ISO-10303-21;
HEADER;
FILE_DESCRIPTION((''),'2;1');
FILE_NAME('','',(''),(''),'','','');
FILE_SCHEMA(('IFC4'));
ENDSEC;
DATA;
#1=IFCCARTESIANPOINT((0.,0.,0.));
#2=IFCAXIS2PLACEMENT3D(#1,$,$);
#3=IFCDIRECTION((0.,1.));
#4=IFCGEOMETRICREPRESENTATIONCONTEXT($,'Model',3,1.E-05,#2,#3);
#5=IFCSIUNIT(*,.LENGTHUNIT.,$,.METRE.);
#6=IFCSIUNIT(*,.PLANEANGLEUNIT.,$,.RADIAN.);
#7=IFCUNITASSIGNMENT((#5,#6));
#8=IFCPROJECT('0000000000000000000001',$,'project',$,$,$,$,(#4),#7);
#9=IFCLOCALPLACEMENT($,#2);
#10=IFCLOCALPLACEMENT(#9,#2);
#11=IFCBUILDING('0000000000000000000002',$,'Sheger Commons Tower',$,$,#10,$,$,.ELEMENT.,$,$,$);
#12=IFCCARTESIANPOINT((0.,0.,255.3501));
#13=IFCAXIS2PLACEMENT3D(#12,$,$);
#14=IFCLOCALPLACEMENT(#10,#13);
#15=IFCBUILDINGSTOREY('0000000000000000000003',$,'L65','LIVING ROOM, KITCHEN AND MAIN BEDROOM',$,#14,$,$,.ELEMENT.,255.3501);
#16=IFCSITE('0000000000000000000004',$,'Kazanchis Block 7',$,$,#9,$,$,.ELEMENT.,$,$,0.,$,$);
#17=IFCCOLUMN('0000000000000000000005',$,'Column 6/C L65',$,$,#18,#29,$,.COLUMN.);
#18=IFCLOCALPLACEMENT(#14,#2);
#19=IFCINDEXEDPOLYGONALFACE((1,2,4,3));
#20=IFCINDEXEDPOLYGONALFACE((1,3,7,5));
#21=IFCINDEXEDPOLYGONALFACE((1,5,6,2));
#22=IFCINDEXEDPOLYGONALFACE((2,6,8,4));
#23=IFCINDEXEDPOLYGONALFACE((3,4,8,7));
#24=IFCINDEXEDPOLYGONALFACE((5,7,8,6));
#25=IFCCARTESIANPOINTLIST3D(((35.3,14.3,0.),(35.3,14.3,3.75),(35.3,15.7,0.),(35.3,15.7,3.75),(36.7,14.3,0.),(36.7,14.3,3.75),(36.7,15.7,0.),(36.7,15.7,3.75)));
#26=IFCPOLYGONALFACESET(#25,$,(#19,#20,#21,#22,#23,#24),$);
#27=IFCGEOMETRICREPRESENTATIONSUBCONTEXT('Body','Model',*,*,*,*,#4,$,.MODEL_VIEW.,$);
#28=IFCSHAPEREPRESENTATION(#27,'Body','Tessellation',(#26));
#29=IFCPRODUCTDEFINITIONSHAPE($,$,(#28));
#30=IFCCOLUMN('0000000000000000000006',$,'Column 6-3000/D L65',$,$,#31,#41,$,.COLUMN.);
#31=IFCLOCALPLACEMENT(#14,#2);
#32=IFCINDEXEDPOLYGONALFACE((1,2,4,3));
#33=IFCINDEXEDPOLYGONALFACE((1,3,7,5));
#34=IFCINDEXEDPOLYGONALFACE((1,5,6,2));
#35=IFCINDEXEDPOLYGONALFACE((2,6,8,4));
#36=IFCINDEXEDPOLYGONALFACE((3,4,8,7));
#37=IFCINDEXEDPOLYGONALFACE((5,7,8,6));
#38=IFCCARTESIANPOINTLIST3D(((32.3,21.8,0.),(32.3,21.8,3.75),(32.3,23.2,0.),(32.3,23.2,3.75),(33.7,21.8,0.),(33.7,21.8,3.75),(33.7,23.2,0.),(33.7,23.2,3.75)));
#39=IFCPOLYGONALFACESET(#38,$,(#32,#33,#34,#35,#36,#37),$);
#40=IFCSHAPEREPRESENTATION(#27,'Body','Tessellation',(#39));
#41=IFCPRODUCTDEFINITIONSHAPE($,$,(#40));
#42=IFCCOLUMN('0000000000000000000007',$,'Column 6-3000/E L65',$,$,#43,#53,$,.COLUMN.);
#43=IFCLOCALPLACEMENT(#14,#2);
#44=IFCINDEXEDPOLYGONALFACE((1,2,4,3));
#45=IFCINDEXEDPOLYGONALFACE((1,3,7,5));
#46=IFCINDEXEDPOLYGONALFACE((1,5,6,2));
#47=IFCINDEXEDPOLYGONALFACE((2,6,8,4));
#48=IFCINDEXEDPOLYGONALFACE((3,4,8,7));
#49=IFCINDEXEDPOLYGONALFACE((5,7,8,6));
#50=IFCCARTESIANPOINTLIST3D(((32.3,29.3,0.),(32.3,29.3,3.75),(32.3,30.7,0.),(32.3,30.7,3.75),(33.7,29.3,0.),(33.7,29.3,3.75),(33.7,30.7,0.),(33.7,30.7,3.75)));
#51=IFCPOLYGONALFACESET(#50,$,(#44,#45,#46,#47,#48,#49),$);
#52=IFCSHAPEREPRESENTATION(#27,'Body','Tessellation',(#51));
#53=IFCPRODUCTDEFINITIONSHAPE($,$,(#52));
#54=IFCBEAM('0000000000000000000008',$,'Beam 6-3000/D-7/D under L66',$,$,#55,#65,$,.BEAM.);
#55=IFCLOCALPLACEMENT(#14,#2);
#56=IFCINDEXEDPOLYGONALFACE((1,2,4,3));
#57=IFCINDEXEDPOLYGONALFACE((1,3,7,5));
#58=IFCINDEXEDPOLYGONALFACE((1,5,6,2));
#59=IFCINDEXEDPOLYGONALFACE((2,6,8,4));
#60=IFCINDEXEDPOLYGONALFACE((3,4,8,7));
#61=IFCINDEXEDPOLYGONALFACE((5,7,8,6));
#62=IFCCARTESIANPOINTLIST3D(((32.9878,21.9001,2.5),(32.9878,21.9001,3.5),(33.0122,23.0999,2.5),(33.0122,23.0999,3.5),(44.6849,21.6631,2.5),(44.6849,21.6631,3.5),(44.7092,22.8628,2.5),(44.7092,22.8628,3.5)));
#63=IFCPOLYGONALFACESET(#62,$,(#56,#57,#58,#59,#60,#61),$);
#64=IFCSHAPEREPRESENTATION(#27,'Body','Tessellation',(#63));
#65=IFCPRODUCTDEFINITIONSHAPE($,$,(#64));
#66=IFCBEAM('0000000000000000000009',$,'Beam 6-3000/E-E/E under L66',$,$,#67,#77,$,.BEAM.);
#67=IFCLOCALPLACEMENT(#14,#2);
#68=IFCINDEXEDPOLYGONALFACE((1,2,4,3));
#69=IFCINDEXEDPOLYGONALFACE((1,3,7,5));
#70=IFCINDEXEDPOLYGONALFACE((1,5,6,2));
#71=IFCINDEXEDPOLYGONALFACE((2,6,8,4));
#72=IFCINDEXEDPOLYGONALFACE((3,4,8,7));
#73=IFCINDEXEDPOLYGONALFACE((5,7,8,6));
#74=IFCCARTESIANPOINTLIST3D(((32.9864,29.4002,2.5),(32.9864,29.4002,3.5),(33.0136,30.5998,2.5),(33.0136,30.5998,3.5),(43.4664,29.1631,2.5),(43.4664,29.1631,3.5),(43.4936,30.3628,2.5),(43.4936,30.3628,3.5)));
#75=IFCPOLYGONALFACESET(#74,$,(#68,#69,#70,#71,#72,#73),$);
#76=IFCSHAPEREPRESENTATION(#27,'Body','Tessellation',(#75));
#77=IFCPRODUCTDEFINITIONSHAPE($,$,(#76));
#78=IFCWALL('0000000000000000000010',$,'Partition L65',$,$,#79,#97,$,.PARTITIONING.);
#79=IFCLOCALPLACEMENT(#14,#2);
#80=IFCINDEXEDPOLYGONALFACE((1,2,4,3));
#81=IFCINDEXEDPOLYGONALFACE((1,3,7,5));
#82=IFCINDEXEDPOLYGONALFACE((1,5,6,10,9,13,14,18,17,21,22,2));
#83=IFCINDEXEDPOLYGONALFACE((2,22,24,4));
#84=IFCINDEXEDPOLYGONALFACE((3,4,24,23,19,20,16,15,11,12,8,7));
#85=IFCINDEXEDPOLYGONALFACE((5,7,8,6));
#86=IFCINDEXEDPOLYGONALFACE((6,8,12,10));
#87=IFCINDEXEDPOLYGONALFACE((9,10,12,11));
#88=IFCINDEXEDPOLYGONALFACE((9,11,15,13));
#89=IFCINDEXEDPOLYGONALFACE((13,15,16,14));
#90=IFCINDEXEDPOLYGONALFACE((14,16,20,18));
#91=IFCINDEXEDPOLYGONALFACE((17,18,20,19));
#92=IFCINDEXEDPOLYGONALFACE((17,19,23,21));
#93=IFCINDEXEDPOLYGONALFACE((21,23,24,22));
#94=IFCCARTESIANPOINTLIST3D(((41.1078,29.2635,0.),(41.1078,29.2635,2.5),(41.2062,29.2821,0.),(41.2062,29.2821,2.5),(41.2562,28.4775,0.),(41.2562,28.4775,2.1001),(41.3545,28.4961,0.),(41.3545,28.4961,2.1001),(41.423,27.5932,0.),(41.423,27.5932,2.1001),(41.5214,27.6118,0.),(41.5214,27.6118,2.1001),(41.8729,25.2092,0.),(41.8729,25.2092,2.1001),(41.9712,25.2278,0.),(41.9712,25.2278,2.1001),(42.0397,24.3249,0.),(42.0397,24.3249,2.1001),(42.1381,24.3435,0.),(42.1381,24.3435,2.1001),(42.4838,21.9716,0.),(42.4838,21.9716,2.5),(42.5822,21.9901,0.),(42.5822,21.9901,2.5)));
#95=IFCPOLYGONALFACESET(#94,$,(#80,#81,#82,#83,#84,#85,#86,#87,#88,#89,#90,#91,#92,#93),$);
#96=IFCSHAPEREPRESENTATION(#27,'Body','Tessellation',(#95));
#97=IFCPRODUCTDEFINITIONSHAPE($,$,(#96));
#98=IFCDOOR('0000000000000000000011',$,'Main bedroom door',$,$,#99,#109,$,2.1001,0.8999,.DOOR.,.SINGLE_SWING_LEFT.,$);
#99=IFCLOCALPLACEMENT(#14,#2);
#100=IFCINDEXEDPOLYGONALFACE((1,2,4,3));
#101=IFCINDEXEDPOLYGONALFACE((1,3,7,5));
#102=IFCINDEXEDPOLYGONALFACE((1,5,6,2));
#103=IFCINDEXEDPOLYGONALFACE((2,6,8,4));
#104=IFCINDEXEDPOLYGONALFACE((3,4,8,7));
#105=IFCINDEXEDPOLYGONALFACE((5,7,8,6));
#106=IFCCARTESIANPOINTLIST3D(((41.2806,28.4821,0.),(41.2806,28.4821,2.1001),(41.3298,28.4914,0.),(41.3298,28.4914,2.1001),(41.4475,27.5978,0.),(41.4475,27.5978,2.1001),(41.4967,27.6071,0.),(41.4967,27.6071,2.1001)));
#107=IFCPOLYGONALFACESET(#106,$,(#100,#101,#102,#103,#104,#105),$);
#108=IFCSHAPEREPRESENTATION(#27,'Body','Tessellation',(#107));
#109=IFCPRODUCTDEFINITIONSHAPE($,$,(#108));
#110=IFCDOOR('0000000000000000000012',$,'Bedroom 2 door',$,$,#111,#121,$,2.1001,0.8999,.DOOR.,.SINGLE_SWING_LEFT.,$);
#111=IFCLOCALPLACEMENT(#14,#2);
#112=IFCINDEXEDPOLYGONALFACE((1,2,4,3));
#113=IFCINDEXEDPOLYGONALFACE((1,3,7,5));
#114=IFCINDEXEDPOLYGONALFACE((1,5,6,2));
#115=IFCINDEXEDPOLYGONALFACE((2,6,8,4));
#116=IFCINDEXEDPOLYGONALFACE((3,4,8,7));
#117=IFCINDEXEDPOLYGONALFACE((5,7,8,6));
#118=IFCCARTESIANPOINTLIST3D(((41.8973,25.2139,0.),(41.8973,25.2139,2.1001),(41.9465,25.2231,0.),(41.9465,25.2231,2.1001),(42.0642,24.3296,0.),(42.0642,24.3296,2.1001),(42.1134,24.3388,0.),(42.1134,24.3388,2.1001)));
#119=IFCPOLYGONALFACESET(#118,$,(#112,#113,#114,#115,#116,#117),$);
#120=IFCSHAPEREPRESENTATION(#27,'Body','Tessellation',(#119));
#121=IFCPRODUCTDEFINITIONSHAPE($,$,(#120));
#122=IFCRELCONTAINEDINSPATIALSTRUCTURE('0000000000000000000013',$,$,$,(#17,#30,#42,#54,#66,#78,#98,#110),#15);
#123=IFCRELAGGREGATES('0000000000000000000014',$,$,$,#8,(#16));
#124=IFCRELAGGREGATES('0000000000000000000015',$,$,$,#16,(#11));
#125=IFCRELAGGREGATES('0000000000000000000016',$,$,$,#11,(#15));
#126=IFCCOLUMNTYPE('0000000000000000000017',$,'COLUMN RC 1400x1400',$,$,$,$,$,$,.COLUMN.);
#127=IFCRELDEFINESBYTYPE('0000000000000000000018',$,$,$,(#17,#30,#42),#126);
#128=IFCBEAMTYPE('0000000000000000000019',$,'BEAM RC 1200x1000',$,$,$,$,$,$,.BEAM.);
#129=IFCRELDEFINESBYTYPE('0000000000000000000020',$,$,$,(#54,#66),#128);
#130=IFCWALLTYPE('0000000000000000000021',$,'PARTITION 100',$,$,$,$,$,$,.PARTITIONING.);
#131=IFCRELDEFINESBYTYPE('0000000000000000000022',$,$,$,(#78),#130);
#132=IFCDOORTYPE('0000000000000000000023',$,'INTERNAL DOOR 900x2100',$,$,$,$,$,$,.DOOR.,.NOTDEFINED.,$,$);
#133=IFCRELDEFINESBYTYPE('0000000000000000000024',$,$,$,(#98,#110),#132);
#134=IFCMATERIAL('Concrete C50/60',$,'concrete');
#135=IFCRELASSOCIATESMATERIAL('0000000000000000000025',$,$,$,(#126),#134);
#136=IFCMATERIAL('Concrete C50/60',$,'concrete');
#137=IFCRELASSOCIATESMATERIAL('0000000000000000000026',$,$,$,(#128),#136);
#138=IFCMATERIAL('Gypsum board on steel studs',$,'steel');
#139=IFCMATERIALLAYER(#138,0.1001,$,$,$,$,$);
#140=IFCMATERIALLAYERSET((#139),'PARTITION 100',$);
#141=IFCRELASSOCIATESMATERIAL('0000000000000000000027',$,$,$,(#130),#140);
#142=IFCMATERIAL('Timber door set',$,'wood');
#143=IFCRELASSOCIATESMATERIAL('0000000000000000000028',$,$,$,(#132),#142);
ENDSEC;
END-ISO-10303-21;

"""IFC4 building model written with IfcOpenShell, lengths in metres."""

from ifc_helpers import new_model, si_unit, direction, frame, frame_2d, origin, origin_2d, place, context, subcontext, project, spatial, rectangle, extrude, material, layer, layer_set, material_profile, profile_set, type_object, element, fill, save


model = new_model("IFC4")

# Units and contexts
model_context = context("Model", 3, precision=1e-05, world=origin(), true_north=direction((0.0, 1.0)))
body_context = subcontext(model_context, "Body", "Model", "MODEL_VIEW")
ifc_project = project(units=[si_unit("LENGTHUNIT", "METRE"), si_unit("PLANEANGLEUNIT", "RADIAN")], contexts=[model_context])

# Site, building, storey
site_placement = place(None, origin())
site = spatial("IfcSite", under=ifc_project, at=site_placement, Name="Kazanchis Block 7", CompositionType="ELEMENT", RefElevation=0.0)
building_placement = place(site_placement, origin())
building = spatial("IfcBuilding", under=site, at=building_placement, Name="Sheger Commons Tower", CompositionType="ELEMENT")
storey_placement = place(building_placement, frame((0.0, 0.0, 255.3501)))
storey = spatial("IfcBuildingStorey", under=building, at=storey_placement, Name="L65", Description="LIVING ROOM, KITCHEN AND MAIN BEDROOM", CompositionType="ELEMENT", Elevation=255.3501)

# Columns
ifc_material_1 = material(Name="Concrete C50/60", Category="concrete")
ifc_material_profile_1 = material_profile(ifc_material_1, rectangle(XDim=1.3999, YDim=1.3999, at=origin_2d()), Name="RC 1400x1400")
ifc_profile_set_1 = profile_set([ifc_material_profile_1], Name="Concrete C50/60")
column_type = type_object("IfcColumnType", Name="COLUMN RC 1400x1400", PredefinedType="COLUMN", material=ifc_profile_set_1)
for number, where, z_axis, x_axis, name in (
    (1, (36.0, 15.0, 0.0), (0.0, 0.0, 1.0), (1.0, 0.0, 0.0), "Column 6/C L65"),
    (2, (33.0, 22.5, 0.0), (0.0, 0.0, 1.0), (1.0, 0.0, 0.0), "Column 6-3000/D L65"),
    (3, (33.0, 30.0, 0.0), (0.0, 0.0, 1.0), (1.0, 0.0, 0.0), "Column 6-3000/E L65"),
):
    element("IfcColumn", number, at=place(storey_placement, frame(where, z_axis=z_axis, x_axis=x_axis)), inside=storey, type_object=column_type, Name=name, PredefinedType="COLUMN", context=body_context, shape_type="SweptSolid", body=[
        extrude(rectangle(XDim=1.3999, YDim=1.3999, at=origin_2d()), origin(), (0.0, 0.0, 1.0), 3.75),
    ])

# Beams
ifc_material_2 = material(Name="Concrete C50/60", Category="concrete")
ifc_material_profile_2 = material_profile(ifc_material_2, rectangle(XDim=1.2, YDim=1.0, at=origin_2d()), Name="RC 1200x1000")
ifc_profile_set_2 = profile_set([ifc_material_profile_2], Name="Concrete C50/60")
beam_type = type_object("IfcBeamType", Name="BEAM RC 1200x1000", PredefinedType="BEAM", material=ifc_profile_set_2)
beam_1_placement = place(storey_placement, frame((33.0, 22.5, 3.0), z_axis=(0.999795, -0.020263, 0.0), x_axis=(0.020263, 0.999795, 0.0)))
element("IfcBeam", 4, at=beam_1_placement, inside=storey, type_object=beam_type, Name="Beam 6-3000/D-7/D under L66", PredefinedType="BEAM", context=body_context, shape_type="SweptSolid", body=[
    extrude(rectangle(XDim=1.2, YDim=1.0, at=origin_2d()), origin(), (0.0, 0.0, 1.0), 11.6995),
])
beam_2_placement = place(storey_placement, frame((33.0, 30.0, 3.0), z_axis=(0.999744, -0.022615, 0.0), x_axis=(0.022615, 0.999744, 0.0)))
element("IfcBeam", 5, at=beam_2_placement, inside=storey, type_object=beam_type, Name="Beam 6-3000/E-E/E under L66", PredefinedType="BEAM", context=body_context, shape_type="SweptSolid", body=[
    extrude(rectangle(XDim=1.2, YDim=1.0, at=origin_2d()), origin(), (0.0, 0.0, 1.0), 10.4827),
])

# Wall, openings, doors
ifc_material_3 = material(Name="Gypsum board on steel studs", Category="steel")
ifc_layer_1 = layer(ifc_material_3, 0.1001)
ifc_layer_set_1 = layer_set([ifc_layer_1], Name="PARTITION 100")
wall_type_1 = type_object("IfcWallType", Name="PARTITION 100", PredefinedType="PARTITIONING", material=ifc_layer_set_1)
wall_1_placement = place(storey_placement, frame((41.157, 29.2729, 0.0), z_axis=(0.0, 0.0, 1.0), x_axis=(0.185425, -0.982658, 0.0)))
wall_1 = element("IfcWall", 6, at=wall_1_placement, inside=storey, type_object=wall_type_1, Name="Partition L65", PredefinedType="PARTITIONING", context=body_context, shape_type="SweptSolid", body=[
    extrude(rectangle(XDim=7.4207, YDim=0.1001, at=frame_2d((3.7104, 0.0))), origin(), (0.0, 0.0, 1.0), 2.5),
])
opening_1_placement = place(wall_1_placement, frame((0.8, 0.0, 0.0)))
opening_1 = element("IfcOpeningElement", 7, at=opening_1_placement, cuts=wall_1, PredefinedType="OPENING", context=body_context, shape_type="SweptSolid", body=[
    extrude(rectangle(XDim=0.8999, YDim=2.1001, at=frame_2d((0.45, 1.05))), frame((0.0, 0.0601, 0.0), z_axis=(0.0, -1.0, 0.0), x_axis=(1.0, 0.0, 0.0)), (0.0, 0.0, 1.0), 0.1201),
])
opening_2_placement = place(wall_1_placement, frame((4.126, 0.0, 0.0)))
opening_2 = element("IfcOpeningElement", 8, at=opening_2_placement, cuts=wall_1, PredefinedType="OPENING", context=body_context, shape_type="SweptSolid", body=[
    extrude(rectangle(XDim=0.8999, YDim=2.1001, at=frame_2d((0.45, 1.05))), frame((0.0, 0.0601, 0.0), z_axis=(0.0, -1.0, 0.0), x_axis=(1.0, 0.0, 0.0)), (0.0, 0.0, 1.0), 0.1201),
])
ifc_material_4 = material(Name="Timber door set", Category="wood")
door_type_1 = type_object("IfcDoorType", Name="INTERNAL DOOR 900x2100", OperationType="NOTDEFINED", PredefinedType="DOOR", material=ifc_material_4)
door_1_placement = place(opening_1_placement, origin())
door_1 = element("IfcDoor", 9, at=door_1_placement, inside=storey, type_object=door_type_1, Name="Main bedroom door", OperationType="SINGLE_SWING_LEFT", OverallHeight=2.1001, OverallWidth=0.8999, PredefinedType="DOOR", context=body_context, shape_type="SweptSolid", body=[
    extrude(rectangle(XDim=0.8999, YDim=2.1001, at=frame_2d((0.45, 1.05))), frame((0.0, 0.0249, 0.0), z_axis=(0.0, -1.0, 0.0), x_axis=(1.0, 0.0, 0.0)), (0.0, 0.0, 1.0), 0.05),
])
fill(opening_1, door_1)
door_2_placement = place(opening_2_placement, origin())
door_2 = element("IfcDoor", 10, at=door_2_placement, inside=storey, type_object=door_type_1, Name="Bedroom 2 door", OperationType="SINGLE_SWING_LEFT", OverallHeight=2.1001, OverallWidth=0.8999, PredefinedType="DOOR", context=body_context, shape_type="SweptSolid", body=[
    extrude(rectangle(XDim=0.8999, YDim=2.1001, at=frame_2d((0.45, 1.05))), frame((0.0, 0.0249, 0.0), z_axis=(0.0, -1.0, 0.0), x_axis=(1.0, 0.0, 0.0)), (0.0, 0.0, 1.0), 0.05),
])
fill(opening_2, door_2)

save(model, "model.ifc")
